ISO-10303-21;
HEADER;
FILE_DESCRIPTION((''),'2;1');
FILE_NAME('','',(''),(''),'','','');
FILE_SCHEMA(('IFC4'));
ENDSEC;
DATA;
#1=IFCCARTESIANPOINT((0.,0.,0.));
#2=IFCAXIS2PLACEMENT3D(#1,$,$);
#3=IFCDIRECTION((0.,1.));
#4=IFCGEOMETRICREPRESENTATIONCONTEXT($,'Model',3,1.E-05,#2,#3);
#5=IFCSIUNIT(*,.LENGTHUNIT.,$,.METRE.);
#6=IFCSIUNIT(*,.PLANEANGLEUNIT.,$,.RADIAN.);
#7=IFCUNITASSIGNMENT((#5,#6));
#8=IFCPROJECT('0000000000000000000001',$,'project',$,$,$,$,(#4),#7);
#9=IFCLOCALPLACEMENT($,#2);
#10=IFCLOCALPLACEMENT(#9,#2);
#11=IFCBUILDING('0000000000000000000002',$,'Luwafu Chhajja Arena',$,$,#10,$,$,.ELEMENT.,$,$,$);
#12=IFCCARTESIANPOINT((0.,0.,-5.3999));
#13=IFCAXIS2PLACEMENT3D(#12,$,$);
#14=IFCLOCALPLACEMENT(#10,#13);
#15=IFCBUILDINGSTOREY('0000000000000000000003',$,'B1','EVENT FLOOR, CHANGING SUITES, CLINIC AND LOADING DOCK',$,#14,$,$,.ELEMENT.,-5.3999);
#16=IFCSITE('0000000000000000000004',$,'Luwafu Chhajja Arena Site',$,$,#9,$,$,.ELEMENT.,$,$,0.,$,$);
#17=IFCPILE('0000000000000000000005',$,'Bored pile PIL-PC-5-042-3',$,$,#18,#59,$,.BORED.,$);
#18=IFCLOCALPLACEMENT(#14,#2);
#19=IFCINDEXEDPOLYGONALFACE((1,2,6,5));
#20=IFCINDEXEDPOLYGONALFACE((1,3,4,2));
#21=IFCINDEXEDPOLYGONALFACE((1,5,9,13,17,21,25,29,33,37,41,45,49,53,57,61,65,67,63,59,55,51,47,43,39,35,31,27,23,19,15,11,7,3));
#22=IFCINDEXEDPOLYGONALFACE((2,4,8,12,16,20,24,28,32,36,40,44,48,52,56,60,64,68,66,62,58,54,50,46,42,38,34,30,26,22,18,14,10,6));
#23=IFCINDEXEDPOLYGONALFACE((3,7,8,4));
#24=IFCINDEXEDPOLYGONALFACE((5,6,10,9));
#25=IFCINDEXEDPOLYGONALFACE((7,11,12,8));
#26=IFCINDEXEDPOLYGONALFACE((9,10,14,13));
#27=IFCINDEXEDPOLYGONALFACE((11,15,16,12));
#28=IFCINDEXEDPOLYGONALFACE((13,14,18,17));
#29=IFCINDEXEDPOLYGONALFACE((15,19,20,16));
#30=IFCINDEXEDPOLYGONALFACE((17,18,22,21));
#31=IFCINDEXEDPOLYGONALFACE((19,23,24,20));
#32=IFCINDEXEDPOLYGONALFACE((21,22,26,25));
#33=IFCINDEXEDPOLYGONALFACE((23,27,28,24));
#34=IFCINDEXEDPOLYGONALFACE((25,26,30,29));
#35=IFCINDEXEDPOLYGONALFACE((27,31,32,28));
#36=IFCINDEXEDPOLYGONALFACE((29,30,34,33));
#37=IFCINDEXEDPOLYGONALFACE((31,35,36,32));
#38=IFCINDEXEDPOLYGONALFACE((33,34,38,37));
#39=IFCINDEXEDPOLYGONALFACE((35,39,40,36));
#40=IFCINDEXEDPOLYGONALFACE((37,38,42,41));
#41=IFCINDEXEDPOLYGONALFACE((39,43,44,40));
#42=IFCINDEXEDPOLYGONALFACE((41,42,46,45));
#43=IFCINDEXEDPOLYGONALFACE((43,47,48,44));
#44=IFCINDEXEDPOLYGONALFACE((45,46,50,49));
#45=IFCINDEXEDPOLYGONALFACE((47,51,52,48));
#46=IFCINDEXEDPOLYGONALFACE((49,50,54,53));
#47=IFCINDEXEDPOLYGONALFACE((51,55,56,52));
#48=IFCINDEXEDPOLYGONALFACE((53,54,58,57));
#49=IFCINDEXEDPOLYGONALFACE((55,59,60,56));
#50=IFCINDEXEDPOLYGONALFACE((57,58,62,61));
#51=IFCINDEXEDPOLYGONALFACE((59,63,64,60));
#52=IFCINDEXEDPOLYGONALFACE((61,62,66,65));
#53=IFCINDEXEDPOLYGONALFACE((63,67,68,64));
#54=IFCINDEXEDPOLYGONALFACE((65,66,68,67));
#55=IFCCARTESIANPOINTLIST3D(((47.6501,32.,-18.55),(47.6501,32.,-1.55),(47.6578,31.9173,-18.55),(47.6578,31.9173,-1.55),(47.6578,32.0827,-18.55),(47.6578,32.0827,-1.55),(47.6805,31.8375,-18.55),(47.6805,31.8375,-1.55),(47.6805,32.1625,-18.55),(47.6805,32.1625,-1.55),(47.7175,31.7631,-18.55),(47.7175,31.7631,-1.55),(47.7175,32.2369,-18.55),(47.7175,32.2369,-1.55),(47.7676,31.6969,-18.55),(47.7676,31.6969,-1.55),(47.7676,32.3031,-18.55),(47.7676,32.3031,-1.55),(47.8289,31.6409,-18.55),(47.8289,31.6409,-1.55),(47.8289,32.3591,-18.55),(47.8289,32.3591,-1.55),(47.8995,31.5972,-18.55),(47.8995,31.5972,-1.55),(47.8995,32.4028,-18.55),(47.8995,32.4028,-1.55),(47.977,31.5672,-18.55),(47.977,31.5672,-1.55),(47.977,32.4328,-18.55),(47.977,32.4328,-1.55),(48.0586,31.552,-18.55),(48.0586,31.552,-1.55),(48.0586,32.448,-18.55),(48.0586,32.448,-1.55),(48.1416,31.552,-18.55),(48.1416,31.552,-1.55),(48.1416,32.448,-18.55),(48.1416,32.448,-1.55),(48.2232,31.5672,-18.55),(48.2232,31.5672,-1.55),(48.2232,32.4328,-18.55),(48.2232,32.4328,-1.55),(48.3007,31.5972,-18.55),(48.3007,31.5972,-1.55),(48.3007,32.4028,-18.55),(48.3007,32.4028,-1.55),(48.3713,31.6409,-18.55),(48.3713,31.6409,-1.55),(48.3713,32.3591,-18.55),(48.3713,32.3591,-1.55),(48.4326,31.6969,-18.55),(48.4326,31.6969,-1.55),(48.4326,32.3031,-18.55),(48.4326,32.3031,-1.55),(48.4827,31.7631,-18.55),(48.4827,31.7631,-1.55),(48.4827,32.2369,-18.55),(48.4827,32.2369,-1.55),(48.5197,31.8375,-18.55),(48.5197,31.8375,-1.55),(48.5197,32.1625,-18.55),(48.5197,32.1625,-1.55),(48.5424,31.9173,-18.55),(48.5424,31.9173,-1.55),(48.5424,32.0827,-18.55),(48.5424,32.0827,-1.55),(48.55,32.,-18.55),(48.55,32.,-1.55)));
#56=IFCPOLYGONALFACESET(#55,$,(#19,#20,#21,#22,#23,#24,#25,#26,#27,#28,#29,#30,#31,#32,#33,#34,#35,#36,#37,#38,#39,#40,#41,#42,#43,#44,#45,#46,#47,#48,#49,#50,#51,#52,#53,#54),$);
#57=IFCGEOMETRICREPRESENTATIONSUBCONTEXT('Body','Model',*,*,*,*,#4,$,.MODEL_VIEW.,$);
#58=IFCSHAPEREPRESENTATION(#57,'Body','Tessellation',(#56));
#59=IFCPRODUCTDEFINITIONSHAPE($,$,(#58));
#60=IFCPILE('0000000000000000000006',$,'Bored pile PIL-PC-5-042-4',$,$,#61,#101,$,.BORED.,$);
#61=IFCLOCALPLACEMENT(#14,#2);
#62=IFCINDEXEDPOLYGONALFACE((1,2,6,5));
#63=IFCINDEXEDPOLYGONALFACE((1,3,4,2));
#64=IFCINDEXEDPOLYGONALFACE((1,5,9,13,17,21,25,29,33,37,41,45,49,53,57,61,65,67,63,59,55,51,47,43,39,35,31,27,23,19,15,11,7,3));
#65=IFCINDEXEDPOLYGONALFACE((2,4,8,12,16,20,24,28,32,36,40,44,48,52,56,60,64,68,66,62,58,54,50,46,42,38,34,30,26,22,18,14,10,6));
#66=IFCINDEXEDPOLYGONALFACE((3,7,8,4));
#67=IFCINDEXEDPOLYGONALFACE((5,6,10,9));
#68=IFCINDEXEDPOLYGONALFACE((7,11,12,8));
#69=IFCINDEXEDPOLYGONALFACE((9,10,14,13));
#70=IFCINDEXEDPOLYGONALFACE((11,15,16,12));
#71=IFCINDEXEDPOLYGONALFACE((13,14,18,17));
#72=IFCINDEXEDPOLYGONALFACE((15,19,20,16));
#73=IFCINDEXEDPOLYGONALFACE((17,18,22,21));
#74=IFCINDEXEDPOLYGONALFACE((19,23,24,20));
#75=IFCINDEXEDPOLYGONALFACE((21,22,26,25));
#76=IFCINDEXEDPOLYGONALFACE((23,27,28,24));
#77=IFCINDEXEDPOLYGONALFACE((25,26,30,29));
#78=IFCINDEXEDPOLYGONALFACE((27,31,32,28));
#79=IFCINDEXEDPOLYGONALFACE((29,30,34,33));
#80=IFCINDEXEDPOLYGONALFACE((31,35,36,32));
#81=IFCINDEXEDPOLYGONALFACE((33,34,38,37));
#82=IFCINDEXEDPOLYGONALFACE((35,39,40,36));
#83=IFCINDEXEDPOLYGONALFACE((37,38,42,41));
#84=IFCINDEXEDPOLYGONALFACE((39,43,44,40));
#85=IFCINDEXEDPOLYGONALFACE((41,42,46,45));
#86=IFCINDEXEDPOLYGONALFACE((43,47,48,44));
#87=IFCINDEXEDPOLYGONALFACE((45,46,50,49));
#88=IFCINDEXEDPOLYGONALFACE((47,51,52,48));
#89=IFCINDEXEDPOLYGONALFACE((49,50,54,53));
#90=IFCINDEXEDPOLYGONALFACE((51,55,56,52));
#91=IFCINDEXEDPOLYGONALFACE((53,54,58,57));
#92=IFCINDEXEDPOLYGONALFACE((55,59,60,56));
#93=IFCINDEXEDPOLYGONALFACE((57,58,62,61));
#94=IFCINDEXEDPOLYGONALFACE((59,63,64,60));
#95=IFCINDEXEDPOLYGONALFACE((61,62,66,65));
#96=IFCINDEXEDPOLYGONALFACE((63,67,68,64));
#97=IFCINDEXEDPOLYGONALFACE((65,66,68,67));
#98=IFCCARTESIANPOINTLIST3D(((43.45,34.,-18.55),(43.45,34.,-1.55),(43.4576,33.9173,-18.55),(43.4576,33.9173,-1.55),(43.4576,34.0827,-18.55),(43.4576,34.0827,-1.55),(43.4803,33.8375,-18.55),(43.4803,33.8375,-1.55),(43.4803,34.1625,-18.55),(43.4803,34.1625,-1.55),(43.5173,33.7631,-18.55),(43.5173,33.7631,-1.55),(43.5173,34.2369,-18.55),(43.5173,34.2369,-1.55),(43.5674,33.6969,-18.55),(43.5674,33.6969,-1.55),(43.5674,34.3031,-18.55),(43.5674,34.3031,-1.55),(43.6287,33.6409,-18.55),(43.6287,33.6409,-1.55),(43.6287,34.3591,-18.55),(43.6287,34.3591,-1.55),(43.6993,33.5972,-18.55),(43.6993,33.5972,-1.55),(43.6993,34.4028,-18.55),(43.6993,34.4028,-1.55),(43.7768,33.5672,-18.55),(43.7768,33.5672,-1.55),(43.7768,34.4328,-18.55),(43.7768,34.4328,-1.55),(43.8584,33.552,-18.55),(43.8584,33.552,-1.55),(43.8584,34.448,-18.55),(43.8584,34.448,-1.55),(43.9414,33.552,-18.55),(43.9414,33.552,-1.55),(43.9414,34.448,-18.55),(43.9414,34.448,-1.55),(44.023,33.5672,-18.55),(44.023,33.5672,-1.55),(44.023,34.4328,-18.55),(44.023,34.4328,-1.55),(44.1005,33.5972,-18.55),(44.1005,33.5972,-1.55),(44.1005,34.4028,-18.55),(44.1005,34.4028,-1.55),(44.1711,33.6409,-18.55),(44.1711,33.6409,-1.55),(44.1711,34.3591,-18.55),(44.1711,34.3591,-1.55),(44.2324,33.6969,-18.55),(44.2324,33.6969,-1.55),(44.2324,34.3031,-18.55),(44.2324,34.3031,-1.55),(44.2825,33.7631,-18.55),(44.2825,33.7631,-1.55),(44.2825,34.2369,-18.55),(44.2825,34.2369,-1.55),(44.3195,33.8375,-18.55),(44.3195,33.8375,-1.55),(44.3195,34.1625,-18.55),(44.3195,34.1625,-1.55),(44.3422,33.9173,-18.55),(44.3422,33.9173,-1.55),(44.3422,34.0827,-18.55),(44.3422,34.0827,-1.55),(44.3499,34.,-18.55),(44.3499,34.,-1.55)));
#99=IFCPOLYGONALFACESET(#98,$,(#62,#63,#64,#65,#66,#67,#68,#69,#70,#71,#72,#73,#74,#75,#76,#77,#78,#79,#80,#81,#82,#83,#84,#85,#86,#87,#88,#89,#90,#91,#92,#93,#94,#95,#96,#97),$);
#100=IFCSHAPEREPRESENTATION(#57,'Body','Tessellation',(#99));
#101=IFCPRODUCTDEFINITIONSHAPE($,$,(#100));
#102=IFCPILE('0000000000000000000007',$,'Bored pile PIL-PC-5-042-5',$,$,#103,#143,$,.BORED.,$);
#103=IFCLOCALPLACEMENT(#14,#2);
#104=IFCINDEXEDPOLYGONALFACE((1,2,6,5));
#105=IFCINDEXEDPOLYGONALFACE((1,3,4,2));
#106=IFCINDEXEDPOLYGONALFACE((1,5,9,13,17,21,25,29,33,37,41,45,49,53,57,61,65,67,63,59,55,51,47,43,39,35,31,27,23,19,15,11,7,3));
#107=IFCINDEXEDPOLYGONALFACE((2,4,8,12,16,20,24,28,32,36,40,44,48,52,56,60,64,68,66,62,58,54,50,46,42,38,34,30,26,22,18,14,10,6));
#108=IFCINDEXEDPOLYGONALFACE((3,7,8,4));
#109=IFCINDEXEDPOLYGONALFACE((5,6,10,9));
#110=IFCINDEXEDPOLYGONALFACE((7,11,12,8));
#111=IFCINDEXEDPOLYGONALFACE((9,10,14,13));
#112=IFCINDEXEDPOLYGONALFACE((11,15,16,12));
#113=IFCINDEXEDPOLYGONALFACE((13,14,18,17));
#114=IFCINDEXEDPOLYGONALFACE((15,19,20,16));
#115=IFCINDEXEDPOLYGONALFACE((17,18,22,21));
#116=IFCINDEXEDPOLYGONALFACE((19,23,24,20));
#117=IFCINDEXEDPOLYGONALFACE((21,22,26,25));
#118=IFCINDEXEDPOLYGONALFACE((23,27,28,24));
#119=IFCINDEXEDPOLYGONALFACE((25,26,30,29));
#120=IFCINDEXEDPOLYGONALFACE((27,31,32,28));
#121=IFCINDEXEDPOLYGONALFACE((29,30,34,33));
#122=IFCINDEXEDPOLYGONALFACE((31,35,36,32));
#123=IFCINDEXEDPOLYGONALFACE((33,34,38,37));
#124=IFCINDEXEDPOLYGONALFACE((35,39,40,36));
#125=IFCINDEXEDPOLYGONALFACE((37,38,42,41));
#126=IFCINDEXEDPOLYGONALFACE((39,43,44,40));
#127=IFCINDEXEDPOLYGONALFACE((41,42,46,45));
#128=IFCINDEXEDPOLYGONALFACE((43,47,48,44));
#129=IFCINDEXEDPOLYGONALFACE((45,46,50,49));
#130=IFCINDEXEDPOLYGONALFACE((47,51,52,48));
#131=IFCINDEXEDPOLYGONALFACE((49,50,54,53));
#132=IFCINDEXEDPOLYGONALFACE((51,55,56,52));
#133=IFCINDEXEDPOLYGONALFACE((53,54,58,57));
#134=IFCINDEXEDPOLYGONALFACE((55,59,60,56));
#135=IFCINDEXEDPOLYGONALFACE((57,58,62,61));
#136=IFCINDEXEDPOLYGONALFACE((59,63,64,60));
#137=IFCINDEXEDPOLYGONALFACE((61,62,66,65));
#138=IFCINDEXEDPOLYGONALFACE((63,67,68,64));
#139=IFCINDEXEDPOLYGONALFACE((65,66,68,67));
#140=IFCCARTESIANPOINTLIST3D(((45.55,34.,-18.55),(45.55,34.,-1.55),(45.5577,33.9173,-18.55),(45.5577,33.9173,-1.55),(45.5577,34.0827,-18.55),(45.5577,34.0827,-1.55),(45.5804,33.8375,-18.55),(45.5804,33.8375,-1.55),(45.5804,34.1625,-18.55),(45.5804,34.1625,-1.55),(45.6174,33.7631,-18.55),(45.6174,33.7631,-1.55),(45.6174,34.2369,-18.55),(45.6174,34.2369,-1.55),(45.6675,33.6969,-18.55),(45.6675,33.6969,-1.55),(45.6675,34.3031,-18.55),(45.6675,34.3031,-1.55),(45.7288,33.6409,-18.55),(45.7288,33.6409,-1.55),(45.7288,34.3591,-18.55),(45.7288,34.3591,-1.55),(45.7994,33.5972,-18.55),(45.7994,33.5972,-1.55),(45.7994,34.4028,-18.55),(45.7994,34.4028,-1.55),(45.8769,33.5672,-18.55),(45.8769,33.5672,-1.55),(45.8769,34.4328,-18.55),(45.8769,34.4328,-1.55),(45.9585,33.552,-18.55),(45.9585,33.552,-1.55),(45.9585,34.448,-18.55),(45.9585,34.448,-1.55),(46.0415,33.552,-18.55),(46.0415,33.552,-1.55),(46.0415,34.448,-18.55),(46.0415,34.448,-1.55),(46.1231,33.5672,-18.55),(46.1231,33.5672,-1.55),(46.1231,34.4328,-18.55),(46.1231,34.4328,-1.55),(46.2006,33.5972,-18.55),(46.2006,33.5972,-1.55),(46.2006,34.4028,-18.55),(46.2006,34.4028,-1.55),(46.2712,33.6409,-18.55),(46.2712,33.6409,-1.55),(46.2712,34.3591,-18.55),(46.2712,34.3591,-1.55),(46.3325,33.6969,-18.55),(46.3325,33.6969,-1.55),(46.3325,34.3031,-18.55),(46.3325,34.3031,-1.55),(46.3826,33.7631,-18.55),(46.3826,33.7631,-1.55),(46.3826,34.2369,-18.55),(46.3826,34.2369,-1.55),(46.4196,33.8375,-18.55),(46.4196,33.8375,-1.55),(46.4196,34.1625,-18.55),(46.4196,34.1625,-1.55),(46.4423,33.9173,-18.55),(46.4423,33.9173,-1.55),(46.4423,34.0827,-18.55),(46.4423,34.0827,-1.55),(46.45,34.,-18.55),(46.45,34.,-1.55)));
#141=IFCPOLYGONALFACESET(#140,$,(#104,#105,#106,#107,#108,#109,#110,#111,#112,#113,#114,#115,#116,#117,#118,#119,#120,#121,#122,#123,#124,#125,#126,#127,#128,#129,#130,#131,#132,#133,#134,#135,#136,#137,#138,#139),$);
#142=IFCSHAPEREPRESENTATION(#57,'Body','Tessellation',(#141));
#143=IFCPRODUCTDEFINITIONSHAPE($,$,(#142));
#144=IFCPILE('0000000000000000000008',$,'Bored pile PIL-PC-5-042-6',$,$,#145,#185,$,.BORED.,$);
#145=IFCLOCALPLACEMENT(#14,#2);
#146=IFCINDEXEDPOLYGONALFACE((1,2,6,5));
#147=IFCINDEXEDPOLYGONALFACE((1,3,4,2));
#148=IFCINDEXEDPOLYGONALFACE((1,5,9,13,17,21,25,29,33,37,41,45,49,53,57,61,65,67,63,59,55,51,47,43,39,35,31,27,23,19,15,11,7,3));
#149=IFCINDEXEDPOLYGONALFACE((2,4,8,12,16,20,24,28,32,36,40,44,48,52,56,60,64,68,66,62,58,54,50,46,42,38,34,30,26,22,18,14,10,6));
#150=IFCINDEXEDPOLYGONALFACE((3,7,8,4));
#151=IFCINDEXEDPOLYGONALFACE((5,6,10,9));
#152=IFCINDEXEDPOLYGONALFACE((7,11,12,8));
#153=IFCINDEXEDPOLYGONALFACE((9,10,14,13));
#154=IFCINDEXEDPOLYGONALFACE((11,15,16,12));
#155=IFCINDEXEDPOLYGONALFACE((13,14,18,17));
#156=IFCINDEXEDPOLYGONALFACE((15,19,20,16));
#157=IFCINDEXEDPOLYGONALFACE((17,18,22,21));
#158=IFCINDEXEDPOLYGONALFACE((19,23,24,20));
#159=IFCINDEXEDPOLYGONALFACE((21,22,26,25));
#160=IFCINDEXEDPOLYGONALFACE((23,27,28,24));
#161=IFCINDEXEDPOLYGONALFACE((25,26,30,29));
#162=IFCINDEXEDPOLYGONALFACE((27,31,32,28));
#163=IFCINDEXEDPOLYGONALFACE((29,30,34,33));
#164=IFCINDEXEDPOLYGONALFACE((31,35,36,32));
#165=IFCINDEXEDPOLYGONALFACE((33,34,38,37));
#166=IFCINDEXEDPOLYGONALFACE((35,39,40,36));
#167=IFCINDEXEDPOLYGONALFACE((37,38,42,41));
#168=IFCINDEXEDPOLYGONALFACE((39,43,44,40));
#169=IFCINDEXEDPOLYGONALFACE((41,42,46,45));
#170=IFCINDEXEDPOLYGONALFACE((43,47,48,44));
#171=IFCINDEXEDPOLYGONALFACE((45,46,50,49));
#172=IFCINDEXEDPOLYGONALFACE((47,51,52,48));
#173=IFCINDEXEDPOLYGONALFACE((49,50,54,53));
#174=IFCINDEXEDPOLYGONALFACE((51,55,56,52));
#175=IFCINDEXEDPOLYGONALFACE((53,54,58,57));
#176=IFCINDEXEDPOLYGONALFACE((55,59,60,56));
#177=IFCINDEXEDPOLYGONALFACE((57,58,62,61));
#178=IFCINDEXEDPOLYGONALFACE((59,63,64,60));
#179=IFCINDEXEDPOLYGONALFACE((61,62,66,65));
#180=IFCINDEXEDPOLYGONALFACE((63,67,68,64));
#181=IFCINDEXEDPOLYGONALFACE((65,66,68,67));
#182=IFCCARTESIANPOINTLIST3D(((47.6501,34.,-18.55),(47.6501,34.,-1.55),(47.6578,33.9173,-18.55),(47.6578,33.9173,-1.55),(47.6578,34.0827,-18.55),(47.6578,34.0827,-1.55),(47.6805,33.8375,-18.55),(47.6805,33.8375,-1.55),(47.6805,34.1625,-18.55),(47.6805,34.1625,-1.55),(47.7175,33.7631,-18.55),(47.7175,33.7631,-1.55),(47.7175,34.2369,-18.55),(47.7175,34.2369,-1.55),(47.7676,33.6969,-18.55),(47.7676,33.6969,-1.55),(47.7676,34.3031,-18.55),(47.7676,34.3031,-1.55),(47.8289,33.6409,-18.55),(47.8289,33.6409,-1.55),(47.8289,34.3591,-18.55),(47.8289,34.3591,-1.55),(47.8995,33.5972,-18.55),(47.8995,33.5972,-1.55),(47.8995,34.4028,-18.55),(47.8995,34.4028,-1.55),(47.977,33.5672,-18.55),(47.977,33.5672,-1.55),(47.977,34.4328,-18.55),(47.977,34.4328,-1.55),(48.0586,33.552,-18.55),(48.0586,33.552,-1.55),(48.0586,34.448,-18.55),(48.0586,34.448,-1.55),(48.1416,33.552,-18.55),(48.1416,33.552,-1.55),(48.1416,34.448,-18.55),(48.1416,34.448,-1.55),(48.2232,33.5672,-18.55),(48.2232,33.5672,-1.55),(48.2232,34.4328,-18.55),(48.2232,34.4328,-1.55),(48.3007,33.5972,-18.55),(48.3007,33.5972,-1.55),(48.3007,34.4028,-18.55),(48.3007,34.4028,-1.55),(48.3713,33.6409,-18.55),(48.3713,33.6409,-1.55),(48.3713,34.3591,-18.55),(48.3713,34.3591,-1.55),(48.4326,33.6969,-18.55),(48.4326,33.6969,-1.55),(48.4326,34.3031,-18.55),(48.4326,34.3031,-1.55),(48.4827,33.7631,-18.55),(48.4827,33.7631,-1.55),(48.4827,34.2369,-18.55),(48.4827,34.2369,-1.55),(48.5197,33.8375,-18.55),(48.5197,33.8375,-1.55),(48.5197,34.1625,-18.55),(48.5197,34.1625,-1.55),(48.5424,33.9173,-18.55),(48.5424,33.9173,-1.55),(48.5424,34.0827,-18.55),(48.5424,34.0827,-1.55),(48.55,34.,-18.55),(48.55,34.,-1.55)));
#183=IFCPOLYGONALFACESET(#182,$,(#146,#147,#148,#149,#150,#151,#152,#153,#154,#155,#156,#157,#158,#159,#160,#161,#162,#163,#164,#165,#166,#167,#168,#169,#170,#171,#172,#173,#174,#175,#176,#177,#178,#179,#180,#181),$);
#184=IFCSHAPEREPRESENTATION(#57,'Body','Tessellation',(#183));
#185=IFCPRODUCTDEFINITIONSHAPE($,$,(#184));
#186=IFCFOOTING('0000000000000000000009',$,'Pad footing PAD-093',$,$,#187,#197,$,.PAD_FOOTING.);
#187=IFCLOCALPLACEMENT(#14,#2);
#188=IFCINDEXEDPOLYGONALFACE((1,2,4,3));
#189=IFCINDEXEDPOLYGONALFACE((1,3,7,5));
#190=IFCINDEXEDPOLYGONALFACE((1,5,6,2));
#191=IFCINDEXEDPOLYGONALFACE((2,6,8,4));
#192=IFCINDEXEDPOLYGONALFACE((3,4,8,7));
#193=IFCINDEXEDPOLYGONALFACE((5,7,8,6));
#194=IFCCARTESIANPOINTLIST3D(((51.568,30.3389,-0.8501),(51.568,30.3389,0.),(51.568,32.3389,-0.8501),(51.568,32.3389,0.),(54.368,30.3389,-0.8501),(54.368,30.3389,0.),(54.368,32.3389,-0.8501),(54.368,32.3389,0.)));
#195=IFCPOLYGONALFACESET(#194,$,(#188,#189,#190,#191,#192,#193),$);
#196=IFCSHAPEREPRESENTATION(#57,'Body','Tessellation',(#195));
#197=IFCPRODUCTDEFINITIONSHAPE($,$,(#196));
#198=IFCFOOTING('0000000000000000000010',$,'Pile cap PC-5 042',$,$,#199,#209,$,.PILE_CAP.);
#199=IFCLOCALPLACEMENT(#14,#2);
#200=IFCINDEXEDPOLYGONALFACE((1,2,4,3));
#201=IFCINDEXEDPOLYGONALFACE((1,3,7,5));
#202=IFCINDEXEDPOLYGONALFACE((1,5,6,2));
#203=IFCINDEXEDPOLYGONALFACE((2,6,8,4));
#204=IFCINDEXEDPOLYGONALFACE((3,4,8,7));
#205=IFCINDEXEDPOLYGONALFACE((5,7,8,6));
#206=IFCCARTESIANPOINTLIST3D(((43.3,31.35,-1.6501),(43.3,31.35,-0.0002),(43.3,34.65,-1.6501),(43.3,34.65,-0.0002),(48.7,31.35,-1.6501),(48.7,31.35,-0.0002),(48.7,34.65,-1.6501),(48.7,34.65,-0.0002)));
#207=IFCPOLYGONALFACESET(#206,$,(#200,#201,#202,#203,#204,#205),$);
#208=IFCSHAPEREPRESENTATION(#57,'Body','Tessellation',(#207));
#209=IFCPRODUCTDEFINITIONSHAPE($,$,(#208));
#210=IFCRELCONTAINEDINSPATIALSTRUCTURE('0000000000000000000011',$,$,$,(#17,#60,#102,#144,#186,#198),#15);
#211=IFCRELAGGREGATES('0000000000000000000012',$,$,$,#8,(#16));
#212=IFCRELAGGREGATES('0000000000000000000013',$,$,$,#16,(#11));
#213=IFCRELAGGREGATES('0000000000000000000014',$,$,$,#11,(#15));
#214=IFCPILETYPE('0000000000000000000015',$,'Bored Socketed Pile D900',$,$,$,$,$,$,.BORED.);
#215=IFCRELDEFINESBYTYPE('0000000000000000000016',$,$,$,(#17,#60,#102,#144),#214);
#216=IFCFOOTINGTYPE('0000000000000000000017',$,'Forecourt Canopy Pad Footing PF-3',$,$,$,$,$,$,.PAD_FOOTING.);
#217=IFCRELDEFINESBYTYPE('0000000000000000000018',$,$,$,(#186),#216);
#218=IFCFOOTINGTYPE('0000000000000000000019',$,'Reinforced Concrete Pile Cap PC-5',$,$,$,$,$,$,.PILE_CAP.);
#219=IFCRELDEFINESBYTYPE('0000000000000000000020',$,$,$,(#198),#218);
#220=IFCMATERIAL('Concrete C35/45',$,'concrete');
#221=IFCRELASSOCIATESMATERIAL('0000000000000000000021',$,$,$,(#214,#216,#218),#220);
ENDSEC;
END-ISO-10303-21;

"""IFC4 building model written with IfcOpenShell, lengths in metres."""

from ifc_helpers import new_model, si_unit, direction, frame, origin, origin_2d, place, context, subcontext, project, spatial, rectangle, circle, extrude, material, material_profile, profile_set, type_object, element, save


model = new_model("IFC4")

# Units and contexts
model_context = context("Model", 3, precision=1e-05, world=origin(), true_north=direction((0.0, 1.0)))
body_context = subcontext(model_context, "Body", "Model", "MODEL_VIEW")
ifc_project = project(units=[si_unit("LENGTHUNIT", "METRE"), si_unit("PLANEANGLEUNIT", "RADIAN")], contexts=[model_context])

# Site, building, storey
site_placement = place(None, origin())
site = spatial("IfcSite", under=ifc_project, at=site_placement, Name="Luwafu Chhajja Arena Site", CompositionType="ELEMENT", RefElevation=0.0)
building_placement = place(site_placement, origin())
building = spatial("IfcBuilding", under=site, at=building_placement, Name="Luwafu Chhajja Arena", CompositionType="ELEMENT")
storey_placement = place(building_placement, frame((0.0, 0.0, -5.3999)))
storey = spatial("IfcBuildingStorey", under=building, at=storey_placement, Name="B1", Description="EVENT FLOOR, CHANGING SUITES, CLINIC AND LOADING DOCK", CompositionType="ELEMENT", Elevation=-5.3999)

# Piles
ifc_material_1 = material(Name="Concrete C35/45", Category="concrete")
ifc_material_profile_1 = material_profile(ifc_material_1, circle(Radius=0.45, at=origin_2d()), Name="PILE D900")
ifc_profile_set_1 = profile_set([ifc_material_profile_1], Name="Concrete C35/45")
pile_type_1 = type_object("IfcPileType", Name="Bored Socketed Pile D900", PredefinedType="BORED", material=ifc_profile_set_1)
for number, where, z_axis, x_axis, name in (
    (1, (48.1001, 32.0, -1.55), (0.0, 0.0, -1.0), (1.0, 0.0, 0.0), "Bored pile PIL-PC-5-042-3"),
    (2, (43.8999, 34.0, -1.55), (0.0, 0.0, -1.0), (1.0, 0.0, 0.0), "Bored pile PIL-PC-5-042-4"),
    (3, (46.0, 34.0, -1.55), (0.0, 0.0, -1.0), (1.0, 0.0, 0.0), "Bored pile PIL-PC-5-042-5"),
    (4, (48.1001, 34.0, -1.55), (0.0, 0.0, -1.0), (1.0, 0.0, 0.0), "Bored pile PIL-PC-5-042-6"),
):
    element("IfcPile", number, at=place(storey_placement, frame(where, z_axis=z_axis, x_axis=x_axis)), inside=storey, type_object=pile_type_1, Name=name, PredefinedType="BORED", context=body_context, shape_type="SweptSolid", body=[
        extrude(circle(Radius=0.45, at=origin_2d()), origin(), (0.0, 0.0, 1.0), 17.0),
    ])

# Footings
footing_type_1 = type_object("IfcFootingType", Name="Forecourt Canopy Pad Footing PF-3", PredefinedType="PAD_FOOTING", material=ifc_material_1)
footing_1_placement = place(storey_placement, frame((52.968, 31.3389, -0.8501), z_axis=(0.0, 0.0, 1.0), x_axis=(1.0, 0.0, 0.0)))
element("IfcFooting", 5, at=footing_1_placement, inside=storey, type_object=footing_type_1, Name="Pad footing PAD-093", PredefinedType="PAD_FOOTING", context=body_context, shape_type="SweptSolid", body=[
    extrude(rectangle(XDim=2.8, YDim=2.0, at=origin_2d()), origin(), (0.0, 0.0, 1.0), 0.8501),
])
footing_type_2 = type_object("IfcFootingType", Name="Reinforced Concrete Pile Cap PC-5", PredefinedType="PILE_CAP", material=ifc_material_1)
footing_2_placement = place(storey_placement, frame((46.0, 33.0, -1.6501), z_axis=(0.0, 0.0, 1.0), x_axis=(1.0, 0.0, 0.0)))
element("IfcFooting", 6, at=footing_2_placement, inside=storey, type_object=footing_type_2, Name="Pile cap PC-5 042", PredefinedType="PILE_CAP", context=body_context, shape_type="SweptSolid", body=[
    extrude(rectangle(XDim=5.3999, YDim=3.3, at=origin_2d()), origin(), (0.0, 0.0, 1.0), 1.6499),
])

save(model, "model.ifc")
